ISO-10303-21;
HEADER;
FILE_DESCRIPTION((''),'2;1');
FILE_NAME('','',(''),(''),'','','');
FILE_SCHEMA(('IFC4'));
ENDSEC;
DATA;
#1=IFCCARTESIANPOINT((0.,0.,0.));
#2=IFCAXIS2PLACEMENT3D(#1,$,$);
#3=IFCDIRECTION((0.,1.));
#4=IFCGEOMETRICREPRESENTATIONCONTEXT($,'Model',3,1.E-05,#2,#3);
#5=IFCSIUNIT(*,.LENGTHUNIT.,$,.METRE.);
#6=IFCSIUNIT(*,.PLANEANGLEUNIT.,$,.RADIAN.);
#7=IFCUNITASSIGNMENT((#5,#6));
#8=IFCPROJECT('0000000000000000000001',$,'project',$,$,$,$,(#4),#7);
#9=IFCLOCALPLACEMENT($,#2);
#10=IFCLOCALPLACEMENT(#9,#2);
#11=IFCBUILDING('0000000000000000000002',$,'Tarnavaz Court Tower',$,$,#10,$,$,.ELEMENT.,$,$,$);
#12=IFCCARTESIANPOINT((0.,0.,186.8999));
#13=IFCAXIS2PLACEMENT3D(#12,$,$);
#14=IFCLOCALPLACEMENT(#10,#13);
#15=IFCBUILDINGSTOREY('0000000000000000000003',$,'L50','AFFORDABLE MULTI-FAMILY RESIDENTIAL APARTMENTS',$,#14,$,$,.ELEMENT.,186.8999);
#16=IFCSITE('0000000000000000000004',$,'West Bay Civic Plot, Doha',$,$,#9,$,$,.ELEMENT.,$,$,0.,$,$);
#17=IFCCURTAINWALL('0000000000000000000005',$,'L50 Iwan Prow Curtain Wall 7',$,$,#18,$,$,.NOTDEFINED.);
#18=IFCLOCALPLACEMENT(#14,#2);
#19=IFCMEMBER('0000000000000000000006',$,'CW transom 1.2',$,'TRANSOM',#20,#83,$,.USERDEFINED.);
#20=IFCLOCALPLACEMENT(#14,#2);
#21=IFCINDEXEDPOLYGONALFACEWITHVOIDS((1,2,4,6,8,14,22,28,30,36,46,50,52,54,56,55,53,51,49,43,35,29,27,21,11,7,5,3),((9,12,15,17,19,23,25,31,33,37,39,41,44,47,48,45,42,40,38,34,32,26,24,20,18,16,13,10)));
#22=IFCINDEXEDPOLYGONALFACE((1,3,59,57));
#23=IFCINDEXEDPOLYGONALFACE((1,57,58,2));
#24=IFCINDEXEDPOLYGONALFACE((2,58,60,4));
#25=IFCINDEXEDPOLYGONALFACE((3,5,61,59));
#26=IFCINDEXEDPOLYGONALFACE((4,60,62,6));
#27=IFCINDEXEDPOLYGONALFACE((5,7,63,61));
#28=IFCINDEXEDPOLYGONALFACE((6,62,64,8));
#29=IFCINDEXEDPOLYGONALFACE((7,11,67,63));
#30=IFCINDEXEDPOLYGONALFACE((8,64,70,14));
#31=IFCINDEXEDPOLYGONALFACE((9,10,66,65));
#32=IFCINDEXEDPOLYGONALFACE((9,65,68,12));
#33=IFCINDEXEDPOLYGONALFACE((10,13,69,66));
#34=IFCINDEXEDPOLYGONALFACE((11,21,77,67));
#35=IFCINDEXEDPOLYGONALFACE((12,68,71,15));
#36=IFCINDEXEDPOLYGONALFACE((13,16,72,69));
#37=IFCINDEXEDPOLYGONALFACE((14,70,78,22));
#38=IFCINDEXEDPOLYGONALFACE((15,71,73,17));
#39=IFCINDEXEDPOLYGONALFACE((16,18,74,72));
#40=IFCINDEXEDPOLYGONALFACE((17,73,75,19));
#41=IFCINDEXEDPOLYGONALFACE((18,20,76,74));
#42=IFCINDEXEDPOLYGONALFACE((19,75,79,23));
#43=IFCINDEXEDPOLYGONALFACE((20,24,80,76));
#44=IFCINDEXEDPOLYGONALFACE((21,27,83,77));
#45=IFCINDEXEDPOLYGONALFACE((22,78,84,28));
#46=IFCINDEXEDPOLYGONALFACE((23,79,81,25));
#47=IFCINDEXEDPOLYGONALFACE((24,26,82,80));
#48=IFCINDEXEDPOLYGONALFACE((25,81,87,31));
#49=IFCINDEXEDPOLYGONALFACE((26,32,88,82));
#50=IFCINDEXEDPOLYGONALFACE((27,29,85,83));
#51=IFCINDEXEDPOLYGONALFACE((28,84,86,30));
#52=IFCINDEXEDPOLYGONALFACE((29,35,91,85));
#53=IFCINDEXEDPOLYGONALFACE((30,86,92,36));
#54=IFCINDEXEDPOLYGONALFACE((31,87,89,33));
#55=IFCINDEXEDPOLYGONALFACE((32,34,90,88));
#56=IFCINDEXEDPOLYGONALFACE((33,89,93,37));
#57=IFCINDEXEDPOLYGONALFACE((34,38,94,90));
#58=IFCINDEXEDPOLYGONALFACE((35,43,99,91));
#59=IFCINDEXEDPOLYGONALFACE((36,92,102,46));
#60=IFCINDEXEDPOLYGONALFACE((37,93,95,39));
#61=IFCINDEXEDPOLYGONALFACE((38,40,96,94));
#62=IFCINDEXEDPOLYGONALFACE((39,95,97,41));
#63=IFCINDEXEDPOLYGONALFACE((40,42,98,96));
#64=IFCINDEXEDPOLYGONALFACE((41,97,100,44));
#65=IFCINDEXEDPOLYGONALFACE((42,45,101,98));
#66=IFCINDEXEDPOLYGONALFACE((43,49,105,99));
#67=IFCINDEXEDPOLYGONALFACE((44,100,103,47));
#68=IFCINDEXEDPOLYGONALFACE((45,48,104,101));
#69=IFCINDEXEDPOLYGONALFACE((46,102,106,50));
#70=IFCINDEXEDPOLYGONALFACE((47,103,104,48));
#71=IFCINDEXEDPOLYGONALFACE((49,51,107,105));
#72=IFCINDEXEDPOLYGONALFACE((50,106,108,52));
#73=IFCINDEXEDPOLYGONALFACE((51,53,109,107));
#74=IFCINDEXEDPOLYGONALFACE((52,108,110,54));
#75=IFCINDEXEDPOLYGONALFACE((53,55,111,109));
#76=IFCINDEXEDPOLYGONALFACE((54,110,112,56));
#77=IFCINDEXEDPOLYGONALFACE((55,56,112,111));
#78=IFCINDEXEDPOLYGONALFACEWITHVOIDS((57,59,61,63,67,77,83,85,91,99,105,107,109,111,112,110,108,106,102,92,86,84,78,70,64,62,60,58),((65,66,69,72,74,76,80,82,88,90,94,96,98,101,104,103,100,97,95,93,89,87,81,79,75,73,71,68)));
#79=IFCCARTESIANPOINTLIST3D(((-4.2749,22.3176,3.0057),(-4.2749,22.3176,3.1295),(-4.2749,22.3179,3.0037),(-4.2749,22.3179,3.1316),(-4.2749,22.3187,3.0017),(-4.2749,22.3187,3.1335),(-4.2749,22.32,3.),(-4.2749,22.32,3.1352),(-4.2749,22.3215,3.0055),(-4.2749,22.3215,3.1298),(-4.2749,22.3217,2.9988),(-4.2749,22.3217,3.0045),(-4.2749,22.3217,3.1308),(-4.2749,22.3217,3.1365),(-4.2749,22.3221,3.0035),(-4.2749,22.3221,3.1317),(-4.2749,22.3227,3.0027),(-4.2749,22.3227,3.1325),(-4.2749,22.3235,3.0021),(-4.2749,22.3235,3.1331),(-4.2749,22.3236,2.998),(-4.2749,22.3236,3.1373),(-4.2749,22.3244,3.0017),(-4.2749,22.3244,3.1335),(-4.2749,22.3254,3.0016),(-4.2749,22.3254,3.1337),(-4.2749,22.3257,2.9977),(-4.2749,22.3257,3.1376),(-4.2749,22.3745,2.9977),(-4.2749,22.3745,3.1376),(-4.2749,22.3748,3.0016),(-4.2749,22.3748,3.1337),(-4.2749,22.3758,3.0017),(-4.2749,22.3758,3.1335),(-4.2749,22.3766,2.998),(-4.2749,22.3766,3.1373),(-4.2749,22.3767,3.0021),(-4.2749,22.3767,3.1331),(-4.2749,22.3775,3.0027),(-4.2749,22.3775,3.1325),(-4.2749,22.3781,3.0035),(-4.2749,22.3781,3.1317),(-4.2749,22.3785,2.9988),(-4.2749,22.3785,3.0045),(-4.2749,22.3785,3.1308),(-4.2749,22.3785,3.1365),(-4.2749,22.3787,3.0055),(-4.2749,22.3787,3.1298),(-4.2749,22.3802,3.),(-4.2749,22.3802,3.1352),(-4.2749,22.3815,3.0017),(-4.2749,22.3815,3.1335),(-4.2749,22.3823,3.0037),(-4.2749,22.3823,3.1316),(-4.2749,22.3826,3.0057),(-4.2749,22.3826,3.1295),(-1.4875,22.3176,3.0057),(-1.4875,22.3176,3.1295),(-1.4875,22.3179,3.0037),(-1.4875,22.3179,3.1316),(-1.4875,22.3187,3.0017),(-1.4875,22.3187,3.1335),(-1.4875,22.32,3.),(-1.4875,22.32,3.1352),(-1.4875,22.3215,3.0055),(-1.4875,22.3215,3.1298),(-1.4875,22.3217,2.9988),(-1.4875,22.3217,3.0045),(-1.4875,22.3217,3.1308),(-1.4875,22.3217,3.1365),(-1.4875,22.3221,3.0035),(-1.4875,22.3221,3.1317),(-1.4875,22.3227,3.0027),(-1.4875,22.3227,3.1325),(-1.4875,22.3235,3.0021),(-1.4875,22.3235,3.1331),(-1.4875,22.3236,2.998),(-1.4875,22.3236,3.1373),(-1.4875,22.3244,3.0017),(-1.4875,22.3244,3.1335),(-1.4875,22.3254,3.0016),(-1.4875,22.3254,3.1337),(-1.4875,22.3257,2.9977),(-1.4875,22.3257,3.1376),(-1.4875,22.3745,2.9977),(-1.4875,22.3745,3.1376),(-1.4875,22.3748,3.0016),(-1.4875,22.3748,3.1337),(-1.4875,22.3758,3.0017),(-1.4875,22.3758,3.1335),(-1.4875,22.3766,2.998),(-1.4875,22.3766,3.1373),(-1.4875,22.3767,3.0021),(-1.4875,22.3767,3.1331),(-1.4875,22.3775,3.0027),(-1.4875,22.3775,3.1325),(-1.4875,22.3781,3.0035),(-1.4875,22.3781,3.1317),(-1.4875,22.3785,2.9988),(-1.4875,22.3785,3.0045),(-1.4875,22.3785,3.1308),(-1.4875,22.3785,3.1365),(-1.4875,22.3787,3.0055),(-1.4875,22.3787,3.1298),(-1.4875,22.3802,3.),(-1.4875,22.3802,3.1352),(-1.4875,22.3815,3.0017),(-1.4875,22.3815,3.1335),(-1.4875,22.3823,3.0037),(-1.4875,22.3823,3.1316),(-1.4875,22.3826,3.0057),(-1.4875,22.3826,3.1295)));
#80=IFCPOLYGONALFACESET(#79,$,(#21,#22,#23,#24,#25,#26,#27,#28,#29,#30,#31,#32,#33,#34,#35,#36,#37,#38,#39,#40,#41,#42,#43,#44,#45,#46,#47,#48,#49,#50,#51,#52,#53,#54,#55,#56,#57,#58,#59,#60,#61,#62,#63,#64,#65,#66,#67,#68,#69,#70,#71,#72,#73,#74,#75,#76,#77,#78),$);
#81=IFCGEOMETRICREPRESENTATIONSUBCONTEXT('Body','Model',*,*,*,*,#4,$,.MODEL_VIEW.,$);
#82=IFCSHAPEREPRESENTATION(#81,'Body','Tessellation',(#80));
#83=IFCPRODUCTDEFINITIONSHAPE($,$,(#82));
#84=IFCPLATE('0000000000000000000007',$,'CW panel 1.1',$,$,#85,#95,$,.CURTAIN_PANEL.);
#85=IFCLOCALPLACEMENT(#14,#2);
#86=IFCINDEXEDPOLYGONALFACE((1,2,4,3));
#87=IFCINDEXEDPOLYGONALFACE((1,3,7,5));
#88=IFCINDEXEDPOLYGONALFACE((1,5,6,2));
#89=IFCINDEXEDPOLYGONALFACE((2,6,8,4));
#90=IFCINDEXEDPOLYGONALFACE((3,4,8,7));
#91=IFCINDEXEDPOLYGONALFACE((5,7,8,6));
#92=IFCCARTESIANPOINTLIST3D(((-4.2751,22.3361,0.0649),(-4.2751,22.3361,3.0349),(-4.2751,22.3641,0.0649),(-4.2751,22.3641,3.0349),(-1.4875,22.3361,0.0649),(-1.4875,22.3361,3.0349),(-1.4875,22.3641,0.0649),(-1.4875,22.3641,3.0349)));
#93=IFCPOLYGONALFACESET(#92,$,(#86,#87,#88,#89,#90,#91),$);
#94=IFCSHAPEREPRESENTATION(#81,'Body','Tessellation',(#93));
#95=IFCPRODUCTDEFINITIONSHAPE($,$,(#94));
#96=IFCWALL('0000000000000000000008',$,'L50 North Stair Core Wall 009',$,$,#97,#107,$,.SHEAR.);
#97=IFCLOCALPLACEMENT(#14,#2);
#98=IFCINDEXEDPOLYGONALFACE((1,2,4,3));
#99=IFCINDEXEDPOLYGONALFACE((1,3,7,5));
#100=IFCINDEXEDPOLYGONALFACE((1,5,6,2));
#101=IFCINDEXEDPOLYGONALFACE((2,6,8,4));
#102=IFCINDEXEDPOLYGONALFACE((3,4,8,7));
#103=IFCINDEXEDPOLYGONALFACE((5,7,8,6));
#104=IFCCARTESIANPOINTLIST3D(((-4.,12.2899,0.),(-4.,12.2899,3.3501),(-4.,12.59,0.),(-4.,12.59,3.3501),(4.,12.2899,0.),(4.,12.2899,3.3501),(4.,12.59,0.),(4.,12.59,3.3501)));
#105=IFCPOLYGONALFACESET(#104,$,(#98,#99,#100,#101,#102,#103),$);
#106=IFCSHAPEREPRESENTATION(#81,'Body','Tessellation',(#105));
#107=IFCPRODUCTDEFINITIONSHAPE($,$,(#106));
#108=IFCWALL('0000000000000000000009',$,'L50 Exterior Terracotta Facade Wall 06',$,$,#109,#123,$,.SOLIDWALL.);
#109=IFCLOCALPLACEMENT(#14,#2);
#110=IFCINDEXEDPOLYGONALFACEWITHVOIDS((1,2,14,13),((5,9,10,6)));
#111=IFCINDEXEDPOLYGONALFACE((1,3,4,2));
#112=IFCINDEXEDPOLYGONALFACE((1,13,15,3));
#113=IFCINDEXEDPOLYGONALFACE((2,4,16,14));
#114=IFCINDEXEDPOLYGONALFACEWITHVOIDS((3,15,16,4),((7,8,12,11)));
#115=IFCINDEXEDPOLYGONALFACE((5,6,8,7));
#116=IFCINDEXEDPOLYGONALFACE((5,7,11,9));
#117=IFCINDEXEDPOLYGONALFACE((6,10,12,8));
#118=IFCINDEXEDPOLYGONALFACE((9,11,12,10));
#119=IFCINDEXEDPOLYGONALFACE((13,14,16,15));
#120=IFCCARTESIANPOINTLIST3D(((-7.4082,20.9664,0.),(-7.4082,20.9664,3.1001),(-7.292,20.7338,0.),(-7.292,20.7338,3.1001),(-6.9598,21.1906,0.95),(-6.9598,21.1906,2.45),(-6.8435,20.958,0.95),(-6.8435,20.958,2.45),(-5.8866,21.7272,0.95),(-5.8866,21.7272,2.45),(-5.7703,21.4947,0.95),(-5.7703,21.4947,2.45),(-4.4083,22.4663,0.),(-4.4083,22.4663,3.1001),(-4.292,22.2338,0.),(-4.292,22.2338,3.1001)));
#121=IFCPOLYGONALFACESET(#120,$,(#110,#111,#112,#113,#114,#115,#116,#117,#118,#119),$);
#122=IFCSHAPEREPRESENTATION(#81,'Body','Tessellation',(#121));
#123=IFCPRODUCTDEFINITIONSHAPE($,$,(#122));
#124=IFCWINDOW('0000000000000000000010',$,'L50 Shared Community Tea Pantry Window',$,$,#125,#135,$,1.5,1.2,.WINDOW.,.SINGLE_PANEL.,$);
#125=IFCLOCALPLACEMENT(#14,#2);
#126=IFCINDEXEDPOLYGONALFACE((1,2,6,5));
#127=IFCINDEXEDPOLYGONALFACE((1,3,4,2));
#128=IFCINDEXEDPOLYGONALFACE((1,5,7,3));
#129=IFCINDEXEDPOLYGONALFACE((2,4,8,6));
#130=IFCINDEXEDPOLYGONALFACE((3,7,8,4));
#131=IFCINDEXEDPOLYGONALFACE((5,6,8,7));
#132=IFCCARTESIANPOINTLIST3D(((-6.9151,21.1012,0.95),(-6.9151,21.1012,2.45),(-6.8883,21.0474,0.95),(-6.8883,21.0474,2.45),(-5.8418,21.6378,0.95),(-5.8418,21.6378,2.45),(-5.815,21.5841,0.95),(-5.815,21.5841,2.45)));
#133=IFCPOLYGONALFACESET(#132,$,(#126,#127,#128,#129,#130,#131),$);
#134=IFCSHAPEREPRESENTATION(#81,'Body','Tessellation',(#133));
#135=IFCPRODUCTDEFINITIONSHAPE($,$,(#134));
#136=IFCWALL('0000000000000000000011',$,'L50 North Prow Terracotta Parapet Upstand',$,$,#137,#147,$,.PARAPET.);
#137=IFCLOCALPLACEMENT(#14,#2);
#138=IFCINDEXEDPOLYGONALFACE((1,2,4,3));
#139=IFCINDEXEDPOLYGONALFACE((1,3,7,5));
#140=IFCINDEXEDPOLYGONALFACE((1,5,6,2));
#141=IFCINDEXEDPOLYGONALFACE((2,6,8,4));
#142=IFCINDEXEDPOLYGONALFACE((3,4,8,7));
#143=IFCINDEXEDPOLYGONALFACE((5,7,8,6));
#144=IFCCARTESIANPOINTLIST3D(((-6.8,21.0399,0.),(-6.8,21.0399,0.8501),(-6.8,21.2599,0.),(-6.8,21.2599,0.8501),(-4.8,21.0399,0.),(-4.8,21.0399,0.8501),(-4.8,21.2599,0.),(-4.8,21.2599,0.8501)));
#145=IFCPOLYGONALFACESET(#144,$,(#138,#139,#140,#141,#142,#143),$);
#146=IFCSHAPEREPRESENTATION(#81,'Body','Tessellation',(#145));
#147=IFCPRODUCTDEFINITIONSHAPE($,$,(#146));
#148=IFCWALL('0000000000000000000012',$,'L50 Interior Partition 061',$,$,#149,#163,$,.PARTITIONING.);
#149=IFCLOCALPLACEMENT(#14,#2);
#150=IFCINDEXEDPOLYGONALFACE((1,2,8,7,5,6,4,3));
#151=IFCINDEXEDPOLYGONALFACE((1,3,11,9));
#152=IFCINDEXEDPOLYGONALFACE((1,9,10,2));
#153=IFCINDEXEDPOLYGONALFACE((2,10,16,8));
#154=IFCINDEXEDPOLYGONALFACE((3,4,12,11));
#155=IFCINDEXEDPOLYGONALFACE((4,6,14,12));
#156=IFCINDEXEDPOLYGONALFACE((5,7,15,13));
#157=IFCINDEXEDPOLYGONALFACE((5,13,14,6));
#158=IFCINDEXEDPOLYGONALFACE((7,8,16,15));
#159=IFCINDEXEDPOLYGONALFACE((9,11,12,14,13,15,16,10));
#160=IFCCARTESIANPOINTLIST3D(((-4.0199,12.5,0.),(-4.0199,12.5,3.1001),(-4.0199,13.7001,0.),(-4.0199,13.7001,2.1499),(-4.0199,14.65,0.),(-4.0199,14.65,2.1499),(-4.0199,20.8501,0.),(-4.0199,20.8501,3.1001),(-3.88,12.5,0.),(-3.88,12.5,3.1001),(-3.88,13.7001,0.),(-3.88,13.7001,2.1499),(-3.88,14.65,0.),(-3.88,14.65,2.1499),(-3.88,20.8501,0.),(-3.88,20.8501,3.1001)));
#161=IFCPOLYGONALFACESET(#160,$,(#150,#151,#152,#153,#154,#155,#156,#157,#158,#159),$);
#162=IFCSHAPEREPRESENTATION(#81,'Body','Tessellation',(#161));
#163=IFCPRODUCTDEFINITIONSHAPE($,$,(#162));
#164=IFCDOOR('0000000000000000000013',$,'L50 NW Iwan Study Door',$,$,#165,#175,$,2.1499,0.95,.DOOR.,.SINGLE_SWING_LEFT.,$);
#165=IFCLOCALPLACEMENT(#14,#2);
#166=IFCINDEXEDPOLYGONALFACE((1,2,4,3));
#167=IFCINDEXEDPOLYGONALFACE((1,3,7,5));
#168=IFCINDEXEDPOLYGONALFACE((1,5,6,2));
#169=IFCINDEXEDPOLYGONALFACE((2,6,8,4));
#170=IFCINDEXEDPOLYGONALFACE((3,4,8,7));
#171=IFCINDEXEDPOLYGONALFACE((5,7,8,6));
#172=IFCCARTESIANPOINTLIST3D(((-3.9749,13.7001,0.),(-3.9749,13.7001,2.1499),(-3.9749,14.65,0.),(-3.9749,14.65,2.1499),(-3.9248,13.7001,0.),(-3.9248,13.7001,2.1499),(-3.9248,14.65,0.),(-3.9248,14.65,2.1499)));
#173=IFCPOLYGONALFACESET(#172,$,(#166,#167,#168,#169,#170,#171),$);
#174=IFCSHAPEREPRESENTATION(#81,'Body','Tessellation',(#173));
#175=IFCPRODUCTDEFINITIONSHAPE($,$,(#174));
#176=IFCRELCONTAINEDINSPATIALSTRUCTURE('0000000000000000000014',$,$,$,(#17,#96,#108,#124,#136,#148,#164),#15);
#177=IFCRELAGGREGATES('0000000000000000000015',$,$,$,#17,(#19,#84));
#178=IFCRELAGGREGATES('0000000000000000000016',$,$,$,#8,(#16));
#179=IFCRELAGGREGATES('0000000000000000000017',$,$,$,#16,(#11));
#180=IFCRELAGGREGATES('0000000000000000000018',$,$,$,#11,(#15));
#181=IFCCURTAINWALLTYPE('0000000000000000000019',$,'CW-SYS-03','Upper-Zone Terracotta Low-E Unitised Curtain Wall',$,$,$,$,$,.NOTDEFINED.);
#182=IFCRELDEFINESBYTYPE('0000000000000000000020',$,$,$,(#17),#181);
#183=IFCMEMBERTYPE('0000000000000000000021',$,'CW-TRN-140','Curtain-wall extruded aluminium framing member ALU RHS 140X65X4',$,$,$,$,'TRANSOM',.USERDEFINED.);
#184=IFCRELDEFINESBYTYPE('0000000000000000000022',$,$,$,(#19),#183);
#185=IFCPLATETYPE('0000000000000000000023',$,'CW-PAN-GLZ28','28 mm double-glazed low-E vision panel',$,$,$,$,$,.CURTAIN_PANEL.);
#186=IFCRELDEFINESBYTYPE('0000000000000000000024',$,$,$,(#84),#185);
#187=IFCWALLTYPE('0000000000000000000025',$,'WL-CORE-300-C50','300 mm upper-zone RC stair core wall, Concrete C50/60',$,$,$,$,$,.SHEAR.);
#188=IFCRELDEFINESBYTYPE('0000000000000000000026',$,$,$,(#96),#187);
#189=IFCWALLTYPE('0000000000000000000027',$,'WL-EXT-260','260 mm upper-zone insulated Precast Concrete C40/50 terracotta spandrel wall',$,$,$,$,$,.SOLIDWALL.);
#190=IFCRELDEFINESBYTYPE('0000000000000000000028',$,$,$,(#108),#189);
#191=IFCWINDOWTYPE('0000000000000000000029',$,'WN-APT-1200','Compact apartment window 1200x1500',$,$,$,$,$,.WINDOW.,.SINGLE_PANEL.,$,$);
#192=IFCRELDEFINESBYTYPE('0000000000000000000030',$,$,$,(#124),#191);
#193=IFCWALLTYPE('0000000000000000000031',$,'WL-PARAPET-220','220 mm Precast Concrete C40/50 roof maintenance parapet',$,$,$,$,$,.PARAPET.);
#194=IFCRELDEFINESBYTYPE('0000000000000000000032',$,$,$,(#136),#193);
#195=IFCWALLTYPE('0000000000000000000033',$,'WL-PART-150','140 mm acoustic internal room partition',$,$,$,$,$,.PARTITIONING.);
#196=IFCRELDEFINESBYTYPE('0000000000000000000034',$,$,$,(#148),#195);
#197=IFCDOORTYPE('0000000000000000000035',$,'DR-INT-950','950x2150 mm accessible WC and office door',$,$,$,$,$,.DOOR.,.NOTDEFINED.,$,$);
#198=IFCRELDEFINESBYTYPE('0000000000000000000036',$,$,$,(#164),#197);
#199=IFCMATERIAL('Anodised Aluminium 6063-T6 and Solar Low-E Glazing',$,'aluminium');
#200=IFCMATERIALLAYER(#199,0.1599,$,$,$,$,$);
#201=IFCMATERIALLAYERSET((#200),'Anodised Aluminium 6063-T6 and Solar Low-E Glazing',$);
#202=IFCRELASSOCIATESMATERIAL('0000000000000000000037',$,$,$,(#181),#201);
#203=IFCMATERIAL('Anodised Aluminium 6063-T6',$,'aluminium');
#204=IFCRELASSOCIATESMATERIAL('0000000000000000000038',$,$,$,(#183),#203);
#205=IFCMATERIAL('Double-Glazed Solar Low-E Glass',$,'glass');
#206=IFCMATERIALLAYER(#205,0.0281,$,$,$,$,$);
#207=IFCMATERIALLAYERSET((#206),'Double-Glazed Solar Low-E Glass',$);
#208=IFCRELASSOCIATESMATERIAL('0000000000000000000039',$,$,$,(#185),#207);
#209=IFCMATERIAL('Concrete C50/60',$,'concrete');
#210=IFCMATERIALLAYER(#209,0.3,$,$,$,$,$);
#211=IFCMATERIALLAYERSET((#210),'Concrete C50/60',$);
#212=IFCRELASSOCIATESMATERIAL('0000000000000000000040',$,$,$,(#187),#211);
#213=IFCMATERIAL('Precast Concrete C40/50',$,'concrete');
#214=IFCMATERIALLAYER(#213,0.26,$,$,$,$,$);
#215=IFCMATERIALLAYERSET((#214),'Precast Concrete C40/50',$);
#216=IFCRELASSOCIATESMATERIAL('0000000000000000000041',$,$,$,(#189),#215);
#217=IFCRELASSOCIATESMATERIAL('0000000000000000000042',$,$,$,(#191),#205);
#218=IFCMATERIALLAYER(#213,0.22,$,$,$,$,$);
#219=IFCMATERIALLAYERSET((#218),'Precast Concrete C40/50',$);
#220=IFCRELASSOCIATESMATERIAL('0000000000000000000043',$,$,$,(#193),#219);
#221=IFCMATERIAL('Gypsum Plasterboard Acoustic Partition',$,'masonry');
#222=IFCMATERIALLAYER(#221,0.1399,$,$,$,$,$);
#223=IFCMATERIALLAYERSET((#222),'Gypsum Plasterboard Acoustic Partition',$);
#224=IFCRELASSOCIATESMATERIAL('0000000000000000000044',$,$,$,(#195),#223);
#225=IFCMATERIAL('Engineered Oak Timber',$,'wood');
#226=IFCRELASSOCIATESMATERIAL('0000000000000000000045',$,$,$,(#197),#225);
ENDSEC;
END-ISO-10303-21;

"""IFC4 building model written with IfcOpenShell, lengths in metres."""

from ifc_helpers import new_model, si_unit, direction, frame, frame_2d, origin, origin_2d, place, context, subcontext, project, spatial, rectangle, hollow_rectangle, extrude, material, layer, layer_set, material_profile, profile_set, type_object, element, fill, aggregate, save


model = new_model("IFC4")

# Units and contexts
model_context = context("Model", 3, precision=1e-05, world=origin(), true_north=direction((0.0, 1.0)))
body_context = subcontext(model_context, "Body", "Model", "MODEL_VIEW")
ifc_project = project(units=[si_unit("LENGTHUNIT", "METRE"), si_unit("PLANEANGLEUNIT", "RADIAN")], contexts=[model_context])

# Site, building, storey
site_placement = place(None, origin())
site = spatial("IfcSite", under=ifc_project, at=site_placement, Name="West Bay Civic Plot, Doha", CompositionType="ELEMENT", RefElevation=0.0)
building_placement = place(site_placement, origin())
building = spatial("IfcBuilding", under=site, at=building_placement, Name="Tarnavaz Court Tower", CompositionType="ELEMENT")
storey_placement = place(building_placement, frame((0.0, 0.0, 186.8999)))
storey = spatial("IfcBuildingStorey", under=building, at=storey_placement, Name="L50", Description="AFFORDABLE MULTI-FAMILY RESIDENTIAL APARTMENTS", CompositionType="ELEMENT", Elevation=186.8999)

# Shared definitions
ifc_material_1 = material(Name="Concrete C50/60", Category="concrete")

# Curtain wall, member, plate
ifc_material_2 = material(Name="Anodised Aluminium 6063-T6 and Solar Low-E Glazing", Category="aluminium")
ifc_layer_1 = layer(ifc_material_2, 0.1599)
ifc_layer_set_1 = layer_set([ifc_layer_1], Name="Anodised Aluminium 6063-T6 and Solar Low-E Glazing")
curtain_wall_type = type_object("IfcCurtainWallType", Name="CW-SYS-03", Description="Upper-Zone Terracotta Low-E Unitised Curtain Wall", PredefinedType="NOTDEFINED", material=ifc_layer_set_1)
curtain_wall_placement = place(storey_placement, origin())
curtain_wall = element("IfcCurtainWall", 1, at=curtain_wall_placement, inside=storey, type_object=curtain_wall_type, Name="L50 Iwan Prow Curtain Wall 7", PredefinedType="NOTDEFINED")
ifc_material_3 = material(Name="Anodised Aluminium 6063-T6", Category="aluminium")
ifc_material_profile_1 = material_profile(ifc_material_3, hollow_rectangle(XDim=0.0649, YDim=0.1399, WallThickness=0.0039, InnerFilletRadius=0.0039, OuterFilletRadius=0.0081, at=origin_2d()), Name="ALU RHS 140X65X4")
ifc_profile_set_1 = profile_set([ifc_material_profile_1], Name="Anodised Aluminium 6063-T6")
member_type_1 = type_object("IfcMemberType", Name="CW-TRN-140", Description="Curtain-wall extruded aluminium framing member ALU RHS 140X65X4", ElementType="TRANSOM", PredefinedType="USERDEFINED", material=ifc_profile_set_1)
member_1_placement = place(storey_placement, frame((-4.2749, 22.3501, 3.0676), z_axis=(1.0, 0.0, 0.0), x_axis=(0.0, 1.0, 0.0)))
member_1 = element("IfcMember", 2, at=member_1_placement, type_object=member_type_1, Name="CW transom 1.2", ObjectType="TRANSOM", PredefinedType="USERDEFINED", context=body_context, shape_type="SweptSolid", body=[
    extrude(hollow_rectangle(XDim=0.0649, YDim=0.1399, WallThickness=0.0039, InnerFilletRadius=0.0039, OuterFilletRadius=0.0081, at=origin_2d()), origin(), (0.0, 0.0, 1.0), 2.7874),
])
ifc_material_4 = material(Name="Double-Glazed Solar Low-E Glass", Category="glass")
ifc_layer_2 = layer(ifc_material_4, 0.0281)
ifc_layer_set_2 = layer_set([ifc_layer_2], Name="Double-Glazed Solar Low-E Glass")
plate_type = type_object("IfcPlateType", Name="CW-PAN-GLZ28", Description="28 mm double-glazed low-E vision panel", PredefinedType="CURTAIN_PANEL", material=ifc_layer_set_2)
plate_placement = place(storey_placement, frame((-2.8813, 22.3501, 0.0649), z_axis=(0.0, 0.0, 1.0), x_axis=(1.0, 0.0, 0.0)))
plate = element("IfcPlate", 3, at=plate_placement, type_object=plate_type, Name="CW panel 1.1", PredefinedType="CURTAIN_PANEL", context=body_context, shape_type="SweptSolid", body=[
    extrude(rectangle(XDim=2.7876, YDim=0.0281, at=origin_2d()), origin(), (0.0, 0.0, 1.0), 2.97),
])
aggregate(curtain_wall, [member_1, plate])

# Wall
ifc_layer_3 = layer(ifc_material_1, 0.3)
ifc_layer_set_3 = layer_set([ifc_layer_3], Name="Concrete C50/60")
wall_type_1 = type_object("IfcWallType", Name="WL-CORE-300-C50", Description="300 mm upper-zone RC stair core wall, Concrete C50/60", PredefinedType="SHEAR", material=ifc_layer_set_3)
wall_1_placement = place(storey_placement, frame((-4.0, 12.4399, 0.0), z_axis=(0.0, 0.0, 1.0), x_axis=(1.0, 0.0, 0.0)))
element("IfcWall", 4, at=wall_1_placement, inside=storey, type_object=wall_type_1, Name="L50 North Stair Core Wall 009", PredefinedType="SHEAR", context=body_context, shape_type="SweptSolid", body=[
    extrude(rectangle(XDim=8.0, YDim=0.3, at=frame_2d((4.0, 0.0))), origin(), (0.0, 0.0, 1.0), 3.3501),
])

# Wall, opening, window
ifc_material_5 = material(Name="Precast Concrete C40/50", Category="concrete")
ifc_layer_4 = layer(ifc_material_5, 0.26)
ifc_layer_set_4 = layer_set([ifc_layer_4], Name="Precast Concrete C40/50")
wall_type_2 = type_object("IfcWallType", Name="WL-EXT-260", Description="260 mm upper-zone insulated Precast Concrete C40/50 terracotta spandrel wall", PredefinedType="SOLIDWALL", material=ifc_layer_set_4)
wall_2_placement = place(storey_placement, frame((-7.3501, 20.8501, 0.0), z_axis=(0.0, 0.0, 1.0), x_axis=(0.894427, 0.447214, 0.0)))
wall_2 = element("IfcWall", 5, at=wall_2_placement, inside=storey, type_object=wall_type_2, Name="L50 Exterior Terracotta Facade Wall 06", PredefinedType="SOLIDWALL", context=body_context, shape_type="SweptSolid", body=[
    extrude(rectangle(XDim=3.354, YDim=0.26, at=frame_2d((1.677, 0.0))), origin(), (0.0, 0.0, 1.0), 3.1001),
])
opening_1_placement = place(wall_2_placement, frame((0.5012, 0.0, 0.95)))
opening_1 = element("IfcOpeningElement", 6, at=opening_1_placement, cuts=wall_2, PredefinedType="OPENING", context=body_context, shape_type="SweptSolid", body=[
    extrude(rectangle(XDim=1.2, YDim=1.5, at=frame_2d((0.6001, 0.75))), frame((0.0, 0.1399, 0.0), z_axis=(0.0, -1.0, 0.0), x_axis=(1.0, 0.0, 0.0)), (0.0, 0.0, 1.0), 0.28),
])
window_type = type_object("IfcWindowType", Name="WN-APT-1200", Description="Compact apartment window 1200x1500", PartitioningType="SINGLE_PANEL", PredefinedType="WINDOW", material=ifc_material_4)
window_placement = place(opening_1_placement, origin())
window = element("IfcWindow", 7, at=window_placement, inside=storey, type_object=window_type, Name="L50 Shared Community Tea Pantry Window", OverallHeight=1.5, OverallWidth=1.2, PartitioningType="SINGLE_PANEL", PredefinedType="WINDOW", context=body_context, shape_type="SweptSolid", body=[
    extrude(rectangle(XDim=1.2, YDim=1.5, at=frame_2d((0.6001, 0.75))), frame((0.0, 0.03, 0.0), z_axis=(0.0, -1.0, 0.0), x_axis=(1.0, 0.0, 0.0)), (0.0, 0.0, 1.0), 0.0601),
])
fill(opening_1, window)

# Wall
ifc_layer_5 = layer(ifc_material_5, 0.22)
ifc_layer_set_5 = layer_set([ifc_layer_5], Name="Precast Concrete C40/50")
wall_type_3 = type_object("IfcWallType", Name="WL-PARAPET-220", Description="220 mm Precast Concrete C40/50 roof maintenance parapet", PredefinedType="PARAPET", material=ifc_layer_set_5)
wall_3_placement = place(storey_placement, frame((-6.8, 21.1499, 0.0), z_axis=(0.0, 0.0, 1.0), x_axis=(1.0, 0.0, 0.0)))
element("IfcWall", 8, at=wall_3_placement, inside=storey, type_object=wall_type_3, Name="L50 North Prow Terracotta Parapet Upstand", PredefinedType="PARAPET", context=body_context, shape_type="SweptSolid", body=[
    extrude(rectangle(XDim=2.0, YDim=0.22, at=frame_2d((1.0, 0.0))), origin(), (0.0, 0.0, 1.0), 0.8501),
])

# Wall, opening, door
ifc_material_6 = material(Name="Gypsum Plasterboard Acoustic Partition", Category="masonry")
ifc_layer_6 = layer(ifc_material_6, 0.1399)
ifc_layer_set_6 = layer_set([ifc_layer_6], Name="Gypsum Plasterboard Acoustic Partition")
wall_type_4 = type_object("IfcWallType", Name="WL-PART-150", Description="140 mm acoustic internal room partition", PredefinedType="PARTITIONING", material=ifc_layer_set_6)
wall_4_placement = place(storey_placement, frame((-3.95, 12.5, 0.0), z_axis=(0.0, 0.0, 1.0), x_axis=(0.0, 1.0, 0.0)))
wall_4 = element("IfcWall", 9, at=wall_4_placement, inside=storey, type_object=wall_type_4, Name="L50 Interior Partition 061", PredefinedType="PARTITIONING", context=body_context, shape_type="SweptSolid", body=[
    extrude(rectangle(XDim=8.3501, YDim=0.1399, at=frame_2d((4.175, 0.0))), origin(), (0.0, 0.0, 1.0), 3.1001),
])
opening_2_placement = place(wall_4_placement, frame((1.2, 0.0, 0.0)))
opening_2 = element("IfcOpeningElement", 10, at=opening_2_placement, cuts=wall_4, PredefinedType="OPENING", context=body_context, shape_type="SweptSolid", body=[
    extrude(rectangle(XDim=0.95, YDim=2.1499, at=frame_2d((0.4751, 1.075))), frame((0.0, 0.0798, 0.0), z_axis=(0.0, -1.0, 0.0), x_axis=(1.0, 0.0, 0.0)), (0.0, 0.0, 1.0), 0.1599),
])
ifc_material_7 = material(Name="Engineered Oak Timber", Category="wood")
door_type = type_object("IfcDoorType", Name="DR-INT-950", Description="950x2150 mm accessible WC and office door", OperationType="NOTDEFINED", PredefinedType="DOOR", material=ifc_material_7)
door_placement = place(opening_2_placement, origin())
door = element("IfcDoor", 11, at=door_placement, inside=storey, type_object=door_type, Name="L50 NW Iwan Study Door", OperationType="SINGLE_SWING_LEFT", OverallHeight=2.1499, OverallWidth=0.95, PredefinedType="DOOR", context=body_context, shape_type="SweptSolid", body=[
    extrude(rectangle(XDim=0.95, YDim=2.1499, at=frame_2d((0.4751, 1.075))), frame((0.0, 0.0249, 0.0), z_axis=(0.0, -1.0, 0.0), x_axis=(1.0, 0.0, 0.0)), (0.0, 0.0, 1.0), 0.05),
])
fill(opening_2, door)

save(model, "model.ifc")
